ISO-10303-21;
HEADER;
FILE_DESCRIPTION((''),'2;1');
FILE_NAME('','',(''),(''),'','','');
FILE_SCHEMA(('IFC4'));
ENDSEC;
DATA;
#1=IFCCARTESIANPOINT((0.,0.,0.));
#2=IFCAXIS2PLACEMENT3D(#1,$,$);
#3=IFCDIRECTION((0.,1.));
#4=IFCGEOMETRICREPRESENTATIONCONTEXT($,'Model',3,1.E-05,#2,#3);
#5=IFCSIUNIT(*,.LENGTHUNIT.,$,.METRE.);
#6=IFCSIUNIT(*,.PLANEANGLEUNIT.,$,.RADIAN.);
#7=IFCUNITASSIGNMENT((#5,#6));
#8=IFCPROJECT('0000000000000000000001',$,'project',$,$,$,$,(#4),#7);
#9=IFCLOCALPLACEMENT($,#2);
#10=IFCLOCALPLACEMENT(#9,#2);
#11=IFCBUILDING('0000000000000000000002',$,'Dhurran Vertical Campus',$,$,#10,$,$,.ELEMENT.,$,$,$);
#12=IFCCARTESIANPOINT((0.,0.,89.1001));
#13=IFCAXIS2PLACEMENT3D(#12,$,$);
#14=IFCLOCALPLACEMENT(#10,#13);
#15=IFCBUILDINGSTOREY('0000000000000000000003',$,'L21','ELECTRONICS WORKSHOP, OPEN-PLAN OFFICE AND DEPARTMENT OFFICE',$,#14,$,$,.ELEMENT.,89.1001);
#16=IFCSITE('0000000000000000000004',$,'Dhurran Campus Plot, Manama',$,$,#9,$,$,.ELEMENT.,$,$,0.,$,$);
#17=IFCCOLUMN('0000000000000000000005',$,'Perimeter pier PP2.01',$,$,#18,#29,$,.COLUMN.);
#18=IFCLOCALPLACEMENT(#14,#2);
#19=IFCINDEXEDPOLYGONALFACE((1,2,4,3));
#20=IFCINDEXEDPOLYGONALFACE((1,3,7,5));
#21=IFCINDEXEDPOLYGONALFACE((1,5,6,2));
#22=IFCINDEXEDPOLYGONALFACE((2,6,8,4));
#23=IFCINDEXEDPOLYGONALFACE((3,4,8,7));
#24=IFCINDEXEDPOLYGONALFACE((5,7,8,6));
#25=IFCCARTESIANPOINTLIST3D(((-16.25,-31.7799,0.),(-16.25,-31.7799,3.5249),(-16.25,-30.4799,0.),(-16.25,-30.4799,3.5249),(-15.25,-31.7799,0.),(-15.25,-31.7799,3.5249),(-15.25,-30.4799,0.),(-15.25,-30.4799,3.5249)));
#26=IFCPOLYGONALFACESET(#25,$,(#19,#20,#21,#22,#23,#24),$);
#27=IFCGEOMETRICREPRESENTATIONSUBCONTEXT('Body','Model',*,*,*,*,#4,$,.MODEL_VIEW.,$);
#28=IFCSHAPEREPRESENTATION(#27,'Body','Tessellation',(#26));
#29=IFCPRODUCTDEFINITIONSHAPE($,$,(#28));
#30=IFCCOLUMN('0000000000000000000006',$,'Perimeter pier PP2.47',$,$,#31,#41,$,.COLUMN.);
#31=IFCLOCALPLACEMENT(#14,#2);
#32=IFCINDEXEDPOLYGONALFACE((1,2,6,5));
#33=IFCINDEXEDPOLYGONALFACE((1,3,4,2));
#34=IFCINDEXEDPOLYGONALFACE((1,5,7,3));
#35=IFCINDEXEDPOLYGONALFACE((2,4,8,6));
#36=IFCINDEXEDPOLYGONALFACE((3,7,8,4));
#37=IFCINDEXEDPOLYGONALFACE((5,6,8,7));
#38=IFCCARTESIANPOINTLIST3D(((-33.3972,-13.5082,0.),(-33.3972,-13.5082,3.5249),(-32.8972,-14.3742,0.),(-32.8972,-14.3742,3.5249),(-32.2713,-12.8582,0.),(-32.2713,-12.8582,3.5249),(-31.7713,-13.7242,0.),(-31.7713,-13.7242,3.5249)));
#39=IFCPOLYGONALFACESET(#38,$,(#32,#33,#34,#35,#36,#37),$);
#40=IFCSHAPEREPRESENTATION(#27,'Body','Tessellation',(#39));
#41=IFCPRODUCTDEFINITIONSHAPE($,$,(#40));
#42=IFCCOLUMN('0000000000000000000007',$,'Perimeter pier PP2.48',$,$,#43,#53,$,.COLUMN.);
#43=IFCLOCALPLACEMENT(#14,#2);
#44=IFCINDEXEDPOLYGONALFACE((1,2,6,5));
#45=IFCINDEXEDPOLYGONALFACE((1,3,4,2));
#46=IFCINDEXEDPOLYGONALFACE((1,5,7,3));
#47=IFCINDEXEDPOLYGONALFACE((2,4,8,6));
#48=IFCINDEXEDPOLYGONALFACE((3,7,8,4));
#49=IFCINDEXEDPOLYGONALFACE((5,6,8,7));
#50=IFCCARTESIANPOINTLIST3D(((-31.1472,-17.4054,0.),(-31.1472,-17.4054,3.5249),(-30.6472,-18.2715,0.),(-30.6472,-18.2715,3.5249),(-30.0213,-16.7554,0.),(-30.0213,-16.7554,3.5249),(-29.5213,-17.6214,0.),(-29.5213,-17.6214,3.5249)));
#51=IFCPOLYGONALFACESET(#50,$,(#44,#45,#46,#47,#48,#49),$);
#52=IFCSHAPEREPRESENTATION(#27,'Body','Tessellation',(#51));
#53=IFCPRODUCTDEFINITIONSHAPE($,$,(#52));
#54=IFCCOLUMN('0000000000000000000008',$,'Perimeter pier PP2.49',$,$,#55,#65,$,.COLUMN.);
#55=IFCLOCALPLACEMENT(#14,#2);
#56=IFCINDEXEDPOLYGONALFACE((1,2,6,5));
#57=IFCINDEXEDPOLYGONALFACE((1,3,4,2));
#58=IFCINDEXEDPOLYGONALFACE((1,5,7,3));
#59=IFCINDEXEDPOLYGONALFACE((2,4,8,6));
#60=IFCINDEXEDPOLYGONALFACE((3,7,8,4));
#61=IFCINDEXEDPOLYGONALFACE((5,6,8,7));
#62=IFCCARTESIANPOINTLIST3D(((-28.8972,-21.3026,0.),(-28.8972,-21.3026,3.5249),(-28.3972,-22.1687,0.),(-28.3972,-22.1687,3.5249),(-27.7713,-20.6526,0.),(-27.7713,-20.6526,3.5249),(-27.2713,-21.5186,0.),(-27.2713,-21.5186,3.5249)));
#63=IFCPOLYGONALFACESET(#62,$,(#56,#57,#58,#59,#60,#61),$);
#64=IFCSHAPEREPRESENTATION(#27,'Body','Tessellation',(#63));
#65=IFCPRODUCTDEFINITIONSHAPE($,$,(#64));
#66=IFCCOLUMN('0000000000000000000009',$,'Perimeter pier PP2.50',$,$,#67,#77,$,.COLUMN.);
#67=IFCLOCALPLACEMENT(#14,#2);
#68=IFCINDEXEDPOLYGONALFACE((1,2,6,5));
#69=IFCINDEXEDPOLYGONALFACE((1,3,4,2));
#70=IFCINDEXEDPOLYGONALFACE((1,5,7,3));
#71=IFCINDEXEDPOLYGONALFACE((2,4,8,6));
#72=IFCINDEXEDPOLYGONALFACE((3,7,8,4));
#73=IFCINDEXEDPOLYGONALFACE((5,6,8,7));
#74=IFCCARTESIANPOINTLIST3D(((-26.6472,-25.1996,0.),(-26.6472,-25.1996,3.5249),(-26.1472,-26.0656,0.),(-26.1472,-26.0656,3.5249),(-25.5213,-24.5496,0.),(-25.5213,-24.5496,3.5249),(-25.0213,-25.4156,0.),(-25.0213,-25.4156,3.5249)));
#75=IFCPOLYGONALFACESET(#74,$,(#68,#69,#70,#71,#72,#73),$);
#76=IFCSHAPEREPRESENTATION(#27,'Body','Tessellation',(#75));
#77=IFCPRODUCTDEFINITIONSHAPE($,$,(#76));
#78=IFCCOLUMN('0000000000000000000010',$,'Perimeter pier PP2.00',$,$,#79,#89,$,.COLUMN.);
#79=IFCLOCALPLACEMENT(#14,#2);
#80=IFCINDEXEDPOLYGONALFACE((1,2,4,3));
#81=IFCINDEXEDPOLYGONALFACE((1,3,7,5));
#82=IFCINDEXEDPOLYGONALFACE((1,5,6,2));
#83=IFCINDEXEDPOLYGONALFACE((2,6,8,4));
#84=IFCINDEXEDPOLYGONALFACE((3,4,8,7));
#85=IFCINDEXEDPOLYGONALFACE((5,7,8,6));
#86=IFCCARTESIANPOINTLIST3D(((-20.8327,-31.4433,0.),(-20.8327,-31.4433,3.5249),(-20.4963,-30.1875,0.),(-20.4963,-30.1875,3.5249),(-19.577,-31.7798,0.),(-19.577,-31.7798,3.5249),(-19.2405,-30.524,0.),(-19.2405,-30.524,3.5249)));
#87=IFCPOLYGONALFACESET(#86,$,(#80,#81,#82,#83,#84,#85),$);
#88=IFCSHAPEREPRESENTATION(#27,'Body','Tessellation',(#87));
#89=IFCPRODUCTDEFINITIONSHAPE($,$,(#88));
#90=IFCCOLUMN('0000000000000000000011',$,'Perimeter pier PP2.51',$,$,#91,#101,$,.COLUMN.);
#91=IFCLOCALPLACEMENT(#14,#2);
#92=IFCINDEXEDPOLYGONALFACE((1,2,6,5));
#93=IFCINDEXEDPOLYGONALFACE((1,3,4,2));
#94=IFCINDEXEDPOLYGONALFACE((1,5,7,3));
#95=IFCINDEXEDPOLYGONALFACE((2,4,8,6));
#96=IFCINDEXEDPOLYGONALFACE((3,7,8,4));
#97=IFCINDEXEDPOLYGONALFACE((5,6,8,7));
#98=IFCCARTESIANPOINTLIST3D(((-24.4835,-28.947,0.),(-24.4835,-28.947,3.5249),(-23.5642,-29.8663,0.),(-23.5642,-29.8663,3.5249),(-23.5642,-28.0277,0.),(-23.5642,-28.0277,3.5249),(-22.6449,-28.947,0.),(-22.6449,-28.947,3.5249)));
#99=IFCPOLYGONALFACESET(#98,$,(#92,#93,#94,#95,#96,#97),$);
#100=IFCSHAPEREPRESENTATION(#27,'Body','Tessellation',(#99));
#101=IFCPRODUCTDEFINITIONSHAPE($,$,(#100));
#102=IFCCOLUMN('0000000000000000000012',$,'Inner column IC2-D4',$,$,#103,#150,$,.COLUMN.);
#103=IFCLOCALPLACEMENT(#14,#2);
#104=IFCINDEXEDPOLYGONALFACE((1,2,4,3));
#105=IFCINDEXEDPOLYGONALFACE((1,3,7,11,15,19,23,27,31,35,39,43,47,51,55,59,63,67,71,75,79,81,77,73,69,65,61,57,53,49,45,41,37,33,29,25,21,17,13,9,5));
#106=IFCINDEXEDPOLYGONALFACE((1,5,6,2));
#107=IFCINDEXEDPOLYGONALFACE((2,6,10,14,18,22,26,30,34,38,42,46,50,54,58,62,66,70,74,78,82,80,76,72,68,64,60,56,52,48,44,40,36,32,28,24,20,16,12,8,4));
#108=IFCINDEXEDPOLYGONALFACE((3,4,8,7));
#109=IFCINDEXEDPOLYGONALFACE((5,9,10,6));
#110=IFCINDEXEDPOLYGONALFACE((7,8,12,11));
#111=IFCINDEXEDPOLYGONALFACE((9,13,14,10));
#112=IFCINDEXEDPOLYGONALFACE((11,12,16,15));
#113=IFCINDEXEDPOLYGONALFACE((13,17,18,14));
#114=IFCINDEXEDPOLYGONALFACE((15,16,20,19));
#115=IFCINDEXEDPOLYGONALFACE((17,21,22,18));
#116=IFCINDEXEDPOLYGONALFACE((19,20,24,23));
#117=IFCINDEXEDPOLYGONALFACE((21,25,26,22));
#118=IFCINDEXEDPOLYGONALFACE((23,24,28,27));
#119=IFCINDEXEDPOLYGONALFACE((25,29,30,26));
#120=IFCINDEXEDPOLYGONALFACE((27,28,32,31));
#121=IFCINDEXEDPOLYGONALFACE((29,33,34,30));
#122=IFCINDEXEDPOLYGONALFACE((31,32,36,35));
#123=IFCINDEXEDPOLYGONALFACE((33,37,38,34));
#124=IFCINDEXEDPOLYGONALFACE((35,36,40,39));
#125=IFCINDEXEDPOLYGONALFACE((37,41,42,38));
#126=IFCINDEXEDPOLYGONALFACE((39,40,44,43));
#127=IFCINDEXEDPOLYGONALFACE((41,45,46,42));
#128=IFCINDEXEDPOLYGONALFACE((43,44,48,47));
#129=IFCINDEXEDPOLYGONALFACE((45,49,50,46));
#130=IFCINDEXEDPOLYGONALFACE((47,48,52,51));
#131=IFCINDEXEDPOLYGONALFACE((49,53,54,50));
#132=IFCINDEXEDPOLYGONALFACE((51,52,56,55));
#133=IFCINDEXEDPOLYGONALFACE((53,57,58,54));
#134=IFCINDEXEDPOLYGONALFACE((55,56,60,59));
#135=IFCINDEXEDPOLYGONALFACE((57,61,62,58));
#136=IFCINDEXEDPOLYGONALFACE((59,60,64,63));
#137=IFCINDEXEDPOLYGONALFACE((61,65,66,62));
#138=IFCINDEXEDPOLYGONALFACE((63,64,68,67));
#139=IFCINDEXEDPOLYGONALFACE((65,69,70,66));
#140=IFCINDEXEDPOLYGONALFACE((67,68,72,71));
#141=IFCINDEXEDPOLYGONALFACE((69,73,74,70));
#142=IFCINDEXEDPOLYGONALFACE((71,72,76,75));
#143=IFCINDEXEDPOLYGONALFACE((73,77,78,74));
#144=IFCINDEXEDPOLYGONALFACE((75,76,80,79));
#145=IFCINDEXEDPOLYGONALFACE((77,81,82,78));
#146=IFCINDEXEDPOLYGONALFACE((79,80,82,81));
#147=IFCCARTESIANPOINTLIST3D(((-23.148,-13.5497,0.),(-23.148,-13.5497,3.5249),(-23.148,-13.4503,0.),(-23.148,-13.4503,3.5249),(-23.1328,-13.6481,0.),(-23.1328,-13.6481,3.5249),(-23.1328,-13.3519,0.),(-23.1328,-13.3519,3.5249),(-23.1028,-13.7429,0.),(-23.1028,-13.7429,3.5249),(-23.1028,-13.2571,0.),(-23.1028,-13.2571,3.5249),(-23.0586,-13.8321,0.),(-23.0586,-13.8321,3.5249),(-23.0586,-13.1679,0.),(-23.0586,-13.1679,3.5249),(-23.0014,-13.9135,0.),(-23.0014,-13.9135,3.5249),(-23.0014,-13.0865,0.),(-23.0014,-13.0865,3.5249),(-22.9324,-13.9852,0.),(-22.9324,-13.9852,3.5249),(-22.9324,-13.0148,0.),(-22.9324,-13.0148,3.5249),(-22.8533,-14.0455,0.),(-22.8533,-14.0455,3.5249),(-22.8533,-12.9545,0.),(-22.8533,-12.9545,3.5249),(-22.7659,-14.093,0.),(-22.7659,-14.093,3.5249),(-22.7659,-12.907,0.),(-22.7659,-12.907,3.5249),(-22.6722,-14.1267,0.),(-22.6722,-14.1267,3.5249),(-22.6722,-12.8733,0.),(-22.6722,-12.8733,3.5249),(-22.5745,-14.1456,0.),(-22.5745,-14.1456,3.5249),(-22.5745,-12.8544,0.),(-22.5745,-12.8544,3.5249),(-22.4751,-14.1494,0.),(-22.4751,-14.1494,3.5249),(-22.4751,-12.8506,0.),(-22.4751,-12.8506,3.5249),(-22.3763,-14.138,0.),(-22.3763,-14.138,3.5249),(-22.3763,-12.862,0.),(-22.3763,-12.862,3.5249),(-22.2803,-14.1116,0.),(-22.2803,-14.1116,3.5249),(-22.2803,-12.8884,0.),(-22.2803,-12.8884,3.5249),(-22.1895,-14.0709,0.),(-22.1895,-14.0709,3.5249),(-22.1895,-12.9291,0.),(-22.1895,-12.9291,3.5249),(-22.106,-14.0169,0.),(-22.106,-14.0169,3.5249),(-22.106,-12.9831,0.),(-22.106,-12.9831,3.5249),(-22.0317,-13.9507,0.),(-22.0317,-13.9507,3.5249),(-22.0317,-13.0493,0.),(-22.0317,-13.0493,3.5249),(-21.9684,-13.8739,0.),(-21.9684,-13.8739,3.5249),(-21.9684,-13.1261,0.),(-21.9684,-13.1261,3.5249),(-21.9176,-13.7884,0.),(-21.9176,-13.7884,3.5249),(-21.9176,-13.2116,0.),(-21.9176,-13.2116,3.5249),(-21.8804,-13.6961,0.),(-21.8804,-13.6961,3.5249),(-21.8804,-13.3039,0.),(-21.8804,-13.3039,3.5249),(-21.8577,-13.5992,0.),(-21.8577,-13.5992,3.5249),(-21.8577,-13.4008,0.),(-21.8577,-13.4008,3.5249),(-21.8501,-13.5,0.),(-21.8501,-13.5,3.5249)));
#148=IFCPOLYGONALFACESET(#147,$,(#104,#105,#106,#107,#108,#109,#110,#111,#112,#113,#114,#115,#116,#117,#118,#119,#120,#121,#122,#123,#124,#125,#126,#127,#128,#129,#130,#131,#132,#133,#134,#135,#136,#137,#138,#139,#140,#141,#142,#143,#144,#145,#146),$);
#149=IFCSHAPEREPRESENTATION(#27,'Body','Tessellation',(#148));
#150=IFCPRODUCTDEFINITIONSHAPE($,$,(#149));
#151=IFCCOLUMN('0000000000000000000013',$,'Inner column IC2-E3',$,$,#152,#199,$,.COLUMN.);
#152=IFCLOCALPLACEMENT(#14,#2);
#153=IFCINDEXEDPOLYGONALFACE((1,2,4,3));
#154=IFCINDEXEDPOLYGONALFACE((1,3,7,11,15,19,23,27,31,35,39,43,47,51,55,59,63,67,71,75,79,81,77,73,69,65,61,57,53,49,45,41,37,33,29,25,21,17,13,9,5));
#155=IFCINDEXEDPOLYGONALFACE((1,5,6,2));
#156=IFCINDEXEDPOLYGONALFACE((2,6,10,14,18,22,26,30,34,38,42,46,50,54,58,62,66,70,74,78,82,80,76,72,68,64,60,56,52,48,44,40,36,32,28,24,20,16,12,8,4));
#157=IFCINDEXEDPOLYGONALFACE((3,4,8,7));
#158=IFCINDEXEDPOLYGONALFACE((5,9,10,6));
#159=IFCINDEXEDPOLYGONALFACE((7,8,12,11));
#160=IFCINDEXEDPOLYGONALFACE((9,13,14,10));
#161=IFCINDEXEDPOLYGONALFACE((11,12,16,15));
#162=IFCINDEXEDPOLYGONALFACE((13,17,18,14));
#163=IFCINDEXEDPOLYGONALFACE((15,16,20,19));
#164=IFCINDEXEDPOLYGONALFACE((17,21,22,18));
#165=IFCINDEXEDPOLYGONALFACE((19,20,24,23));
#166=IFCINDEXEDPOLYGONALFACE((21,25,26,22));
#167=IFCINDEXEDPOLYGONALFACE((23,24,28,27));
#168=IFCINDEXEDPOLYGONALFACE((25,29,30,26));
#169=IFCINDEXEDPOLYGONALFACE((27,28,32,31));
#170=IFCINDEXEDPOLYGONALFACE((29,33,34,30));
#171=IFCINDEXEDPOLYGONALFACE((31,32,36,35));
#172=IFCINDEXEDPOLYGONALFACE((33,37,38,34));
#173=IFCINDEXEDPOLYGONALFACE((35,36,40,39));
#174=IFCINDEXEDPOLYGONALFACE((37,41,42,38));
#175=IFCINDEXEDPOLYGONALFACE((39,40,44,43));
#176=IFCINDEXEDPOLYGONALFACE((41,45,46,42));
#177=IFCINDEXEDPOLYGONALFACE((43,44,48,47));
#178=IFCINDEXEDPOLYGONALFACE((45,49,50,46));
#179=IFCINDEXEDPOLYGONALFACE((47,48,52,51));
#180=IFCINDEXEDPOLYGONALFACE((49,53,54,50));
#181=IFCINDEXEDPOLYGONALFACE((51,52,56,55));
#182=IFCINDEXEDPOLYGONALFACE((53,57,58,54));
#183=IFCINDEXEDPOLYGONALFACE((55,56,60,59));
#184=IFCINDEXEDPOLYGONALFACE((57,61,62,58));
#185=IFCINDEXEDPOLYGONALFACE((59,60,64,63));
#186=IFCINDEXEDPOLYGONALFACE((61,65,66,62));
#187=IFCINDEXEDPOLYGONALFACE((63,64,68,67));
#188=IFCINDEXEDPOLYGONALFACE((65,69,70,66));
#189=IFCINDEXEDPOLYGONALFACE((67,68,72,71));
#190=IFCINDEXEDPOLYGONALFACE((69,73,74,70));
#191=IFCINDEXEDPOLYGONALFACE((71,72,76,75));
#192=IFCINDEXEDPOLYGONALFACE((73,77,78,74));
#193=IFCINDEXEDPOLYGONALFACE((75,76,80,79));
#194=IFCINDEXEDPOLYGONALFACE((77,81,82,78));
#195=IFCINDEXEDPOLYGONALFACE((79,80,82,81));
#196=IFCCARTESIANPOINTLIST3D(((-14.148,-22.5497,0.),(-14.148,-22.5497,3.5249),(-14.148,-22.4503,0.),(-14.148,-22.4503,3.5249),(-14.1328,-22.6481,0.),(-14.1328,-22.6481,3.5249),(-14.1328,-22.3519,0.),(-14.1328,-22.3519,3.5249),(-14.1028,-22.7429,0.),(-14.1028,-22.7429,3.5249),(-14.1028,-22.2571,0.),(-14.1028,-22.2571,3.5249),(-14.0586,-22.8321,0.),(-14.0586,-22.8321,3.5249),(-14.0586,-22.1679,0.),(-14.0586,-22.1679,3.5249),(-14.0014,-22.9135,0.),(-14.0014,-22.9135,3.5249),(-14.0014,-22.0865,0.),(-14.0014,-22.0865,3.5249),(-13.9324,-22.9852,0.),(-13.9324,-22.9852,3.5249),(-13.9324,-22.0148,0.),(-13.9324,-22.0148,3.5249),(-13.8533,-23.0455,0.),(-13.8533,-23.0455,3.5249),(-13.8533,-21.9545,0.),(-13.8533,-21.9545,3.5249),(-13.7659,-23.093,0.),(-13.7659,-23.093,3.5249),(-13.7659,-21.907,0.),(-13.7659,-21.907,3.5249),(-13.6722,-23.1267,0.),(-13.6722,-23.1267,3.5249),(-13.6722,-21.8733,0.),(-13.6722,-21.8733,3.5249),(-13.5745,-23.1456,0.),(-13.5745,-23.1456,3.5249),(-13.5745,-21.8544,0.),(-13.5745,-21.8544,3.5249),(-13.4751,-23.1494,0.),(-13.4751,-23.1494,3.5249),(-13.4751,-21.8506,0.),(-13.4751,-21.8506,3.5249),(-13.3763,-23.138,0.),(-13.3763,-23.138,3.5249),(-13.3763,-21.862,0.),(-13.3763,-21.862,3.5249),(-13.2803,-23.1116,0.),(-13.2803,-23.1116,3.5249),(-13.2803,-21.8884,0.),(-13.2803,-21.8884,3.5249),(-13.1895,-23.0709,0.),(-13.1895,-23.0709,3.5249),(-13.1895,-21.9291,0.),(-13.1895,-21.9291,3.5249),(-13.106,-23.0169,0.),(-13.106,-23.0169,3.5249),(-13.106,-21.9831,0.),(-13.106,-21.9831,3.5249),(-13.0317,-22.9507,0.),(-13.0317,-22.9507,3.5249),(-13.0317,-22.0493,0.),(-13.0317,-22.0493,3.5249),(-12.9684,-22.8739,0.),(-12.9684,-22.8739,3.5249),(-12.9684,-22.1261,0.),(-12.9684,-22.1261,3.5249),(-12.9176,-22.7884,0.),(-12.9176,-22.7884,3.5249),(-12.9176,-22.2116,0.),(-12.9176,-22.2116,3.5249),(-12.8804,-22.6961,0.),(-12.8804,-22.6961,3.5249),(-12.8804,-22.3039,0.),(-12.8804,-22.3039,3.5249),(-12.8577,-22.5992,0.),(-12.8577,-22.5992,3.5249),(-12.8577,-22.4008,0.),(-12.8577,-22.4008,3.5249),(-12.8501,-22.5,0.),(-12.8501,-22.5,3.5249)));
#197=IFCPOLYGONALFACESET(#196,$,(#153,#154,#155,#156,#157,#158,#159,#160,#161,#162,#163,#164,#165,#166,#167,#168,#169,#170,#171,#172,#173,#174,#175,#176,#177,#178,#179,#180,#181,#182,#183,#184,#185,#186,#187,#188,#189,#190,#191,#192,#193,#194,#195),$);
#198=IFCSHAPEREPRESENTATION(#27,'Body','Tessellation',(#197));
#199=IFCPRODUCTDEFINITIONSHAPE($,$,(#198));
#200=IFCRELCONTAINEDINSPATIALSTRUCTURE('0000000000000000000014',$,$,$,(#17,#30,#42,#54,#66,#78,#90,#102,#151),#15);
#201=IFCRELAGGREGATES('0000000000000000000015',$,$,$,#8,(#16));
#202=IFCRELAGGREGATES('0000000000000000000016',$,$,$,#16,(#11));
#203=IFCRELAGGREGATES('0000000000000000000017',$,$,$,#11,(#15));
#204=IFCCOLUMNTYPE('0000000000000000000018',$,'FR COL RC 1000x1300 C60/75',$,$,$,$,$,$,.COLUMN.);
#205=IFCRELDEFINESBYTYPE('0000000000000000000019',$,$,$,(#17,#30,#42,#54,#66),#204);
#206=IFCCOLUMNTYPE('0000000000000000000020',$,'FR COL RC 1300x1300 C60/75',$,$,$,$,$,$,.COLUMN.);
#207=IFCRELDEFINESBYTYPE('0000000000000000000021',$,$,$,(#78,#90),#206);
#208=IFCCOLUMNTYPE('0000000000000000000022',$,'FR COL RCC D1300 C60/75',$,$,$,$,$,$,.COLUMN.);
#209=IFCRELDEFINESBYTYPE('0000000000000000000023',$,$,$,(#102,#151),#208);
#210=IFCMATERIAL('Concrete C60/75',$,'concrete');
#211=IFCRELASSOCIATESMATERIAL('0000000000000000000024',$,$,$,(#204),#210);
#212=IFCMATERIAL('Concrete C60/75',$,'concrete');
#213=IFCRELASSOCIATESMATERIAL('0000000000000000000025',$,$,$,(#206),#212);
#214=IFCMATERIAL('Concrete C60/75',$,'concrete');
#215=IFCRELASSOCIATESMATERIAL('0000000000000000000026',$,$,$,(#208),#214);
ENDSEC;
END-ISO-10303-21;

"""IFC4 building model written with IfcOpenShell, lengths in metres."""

from ifc_helpers import new_model, si_unit, direction, frame, origin, origin_2d, place, context, subcontext, project, spatial, rectangle, circle, extrude, material, material_profile, profile_set, type_object, element, save


model = new_model("IFC4")

# Units and contexts
model_context = context("Model", 3, precision=1e-05, world=origin(), true_north=direction((0.0, 1.0)))
body_context = subcontext(model_context, "Body", "Model", "MODEL_VIEW")
ifc_project = project(units=[si_unit("LENGTHUNIT", "METRE"), si_unit("PLANEANGLEUNIT", "RADIAN")], contexts=[model_context])

# Site, building, storey
site_placement = place(None, origin())
site = spatial("IfcSite", under=ifc_project, at=site_placement, Name="Dhurran Campus Plot, Manama", CompositionType="ELEMENT", RefElevation=0.0)
building_placement = place(site_placement, origin())
building = spatial("IfcBuilding", under=site, at=building_placement, Name="Dhurran Vertical Campus", CompositionType="ELEMENT")
storey_placement = place(building_placement, frame((0.0, 0.0, 89.1001)))
storey = spatial("IfcBuildingStorey", under=building, at=storey_placement, Name="L21", Description="ELECTRONICS WORKSHOP, OPEN-PLAN OFFICE AND DEPARTMENT OFFICE", CompositionType="ELEMENT", Elevation=89.1001)

# Columns
ifc_material_1 = material(Name="Concrete C60/75", Category="concrete")
ifc_material_profile_1 = material_profile(ifc_material_1, rectangle(XDim=1.0, YDim=1.3, at=origin_2d()), Name="RC 1000x1300")
ifc_profile_set_1 = profile_set([ifc_material_profile_1], Name="Concrete C60/75")
column_type_1 = type_object("IfcColumnType", Name="FR COL RC 1000x1300 C60/75", PredefinedType="COLUMN", material=ifc_profile_set_1)
for number, where, z_axis, x_axis, name in (
    (1, (-15.75, -31.1299, 0.0), (0.0, 0.0, 1.0), (1.0, 0.0, 0.0), "Perimeter pier PP2.01"),
    (2, (-32.5842, -13.6162, 0.0), (0.0, 0.0, 1.0), (0.5, -0.866025, 0.0), "Perimeter pier PP2.47"),
    (3, (-30.3342, -17.5134, 0.0), (0.0, 0.0, 1.0), (0.5, -0.866025, 0.0), "Perimeter pier PP2.48"),
    (4, (-28.0842, -21.4106, 0.0), (0.0, 0.0, 1.0), (0.5, -0.866025, 0.0), "Perimeter pier PP2.49"),
    (5, (-25.8342, -25.3076, 0.0), (0.0, 0.0, 1.0), (0.5, -0.866025, 0.0), "Perimeter pier PP2.50"),
):
    element("IfcColumn", number, at=place(storey_placement, frame(where, z_axis=z_axis, x_axis=x_axis)), inside=storey, type_object=column_type_1, Name=name, PredefinedType="COLUMN", context=body_context, shape_type="SweptSolid", body=[
        extrude(rectangle(XDim=1.0, YDim=1.3, at=origin_2d()), origin(), (0.0, 0.0, 1.0), 3.5249),
    ])
ifc_material_2 = material(Name="Concrete C60/75", Category="concrete")
ifc_material_profile_2 = material_profile(ifc_material_2, rectangle(XDim=1.3, YDim=1.3, at=origin_2d()), Name="RC 1300x1300")
ifc_profile_set_2 = profile_set([ifc_material_profile_2], Name="Concrete C60/75")
column_type_2 = type_object("IfcColumnType", Name="FR COL RC 1300x1300 C60/75", PredefinedType="COLUMN", material=ifc_profile_set_2)
for number, where, z_axis, x_axis, name in (
    (6, (-20.0366, -30.9836, 0.0), (0.0, 0.0, 1.0), (0.965926, -0.258819, 0.0), "Perimeter pier PP2.00"),
    (7, (-23.5642, -28.947, 0.0), (0.0, 0.0, 1.0), (0.707107, -0.707107, 0.0), "Perimeter pier PP2.51"),
):
    element("IfcColumn", number, at=place(storey_placement, frame(where, z_axis=z_axis, x_axis=x_axis)), inside=storey, type_object=column_type_2, Name=name, PredefinedType="COLUMN", context=body_context, shape_type="SweptSolid", body=[
        extrude(rectangle(XDim=1.3, YDim=1.3, at=origin_2d()), origin(), (0.0, 0.0, 1.0), 3.5249),
    ])
ifc_material_3 = material(Name="Concrete C60/75", Category="concrete")
ifc_material_profile_3 = material_profile(ifc_material_3, circle(Radius=0.6499, at=origin_2d()), Name="RCC D1300")
ifc_profile_set_3 = profile_set([ifc_material_profile_3], Name="Concrete C60/75")
column_type_3 = type_object("IfcColumnType", Name="FR COL RCC D1300 C60/75", PredefinedType="COLUMN", material=ifc_profile_set_3)
for number, where, z_axis, x_axis, name in (
    (8, (-22.5, -13.5, 0.0), (0.0, 0.0, 1.0), (1.0, 0.0, 0.0), "Inner column IC2-D4"),
    (9, (-13.5, -22.5, 0.0), (0.0, 0.0, 1.0), (1.0, 0.0, 0.0), "Inner column IC2-E3"),
):
    element("IfcColumn", number, at=place(storey_placement, frame(where, z_axis=z_axis, x_axis=x_axis)), inside=storey, type_object=column_type_3, Name=name, PredefinedType="COLUMN", context=body_context, shape_type="SweptSolid", body=[
        extrude(circle(Radius=0.6499, at=origin_2d()), origin(), (0.0, 0.0, 1.0), 3.5249),
    ])

save(model, "model.ifc")
